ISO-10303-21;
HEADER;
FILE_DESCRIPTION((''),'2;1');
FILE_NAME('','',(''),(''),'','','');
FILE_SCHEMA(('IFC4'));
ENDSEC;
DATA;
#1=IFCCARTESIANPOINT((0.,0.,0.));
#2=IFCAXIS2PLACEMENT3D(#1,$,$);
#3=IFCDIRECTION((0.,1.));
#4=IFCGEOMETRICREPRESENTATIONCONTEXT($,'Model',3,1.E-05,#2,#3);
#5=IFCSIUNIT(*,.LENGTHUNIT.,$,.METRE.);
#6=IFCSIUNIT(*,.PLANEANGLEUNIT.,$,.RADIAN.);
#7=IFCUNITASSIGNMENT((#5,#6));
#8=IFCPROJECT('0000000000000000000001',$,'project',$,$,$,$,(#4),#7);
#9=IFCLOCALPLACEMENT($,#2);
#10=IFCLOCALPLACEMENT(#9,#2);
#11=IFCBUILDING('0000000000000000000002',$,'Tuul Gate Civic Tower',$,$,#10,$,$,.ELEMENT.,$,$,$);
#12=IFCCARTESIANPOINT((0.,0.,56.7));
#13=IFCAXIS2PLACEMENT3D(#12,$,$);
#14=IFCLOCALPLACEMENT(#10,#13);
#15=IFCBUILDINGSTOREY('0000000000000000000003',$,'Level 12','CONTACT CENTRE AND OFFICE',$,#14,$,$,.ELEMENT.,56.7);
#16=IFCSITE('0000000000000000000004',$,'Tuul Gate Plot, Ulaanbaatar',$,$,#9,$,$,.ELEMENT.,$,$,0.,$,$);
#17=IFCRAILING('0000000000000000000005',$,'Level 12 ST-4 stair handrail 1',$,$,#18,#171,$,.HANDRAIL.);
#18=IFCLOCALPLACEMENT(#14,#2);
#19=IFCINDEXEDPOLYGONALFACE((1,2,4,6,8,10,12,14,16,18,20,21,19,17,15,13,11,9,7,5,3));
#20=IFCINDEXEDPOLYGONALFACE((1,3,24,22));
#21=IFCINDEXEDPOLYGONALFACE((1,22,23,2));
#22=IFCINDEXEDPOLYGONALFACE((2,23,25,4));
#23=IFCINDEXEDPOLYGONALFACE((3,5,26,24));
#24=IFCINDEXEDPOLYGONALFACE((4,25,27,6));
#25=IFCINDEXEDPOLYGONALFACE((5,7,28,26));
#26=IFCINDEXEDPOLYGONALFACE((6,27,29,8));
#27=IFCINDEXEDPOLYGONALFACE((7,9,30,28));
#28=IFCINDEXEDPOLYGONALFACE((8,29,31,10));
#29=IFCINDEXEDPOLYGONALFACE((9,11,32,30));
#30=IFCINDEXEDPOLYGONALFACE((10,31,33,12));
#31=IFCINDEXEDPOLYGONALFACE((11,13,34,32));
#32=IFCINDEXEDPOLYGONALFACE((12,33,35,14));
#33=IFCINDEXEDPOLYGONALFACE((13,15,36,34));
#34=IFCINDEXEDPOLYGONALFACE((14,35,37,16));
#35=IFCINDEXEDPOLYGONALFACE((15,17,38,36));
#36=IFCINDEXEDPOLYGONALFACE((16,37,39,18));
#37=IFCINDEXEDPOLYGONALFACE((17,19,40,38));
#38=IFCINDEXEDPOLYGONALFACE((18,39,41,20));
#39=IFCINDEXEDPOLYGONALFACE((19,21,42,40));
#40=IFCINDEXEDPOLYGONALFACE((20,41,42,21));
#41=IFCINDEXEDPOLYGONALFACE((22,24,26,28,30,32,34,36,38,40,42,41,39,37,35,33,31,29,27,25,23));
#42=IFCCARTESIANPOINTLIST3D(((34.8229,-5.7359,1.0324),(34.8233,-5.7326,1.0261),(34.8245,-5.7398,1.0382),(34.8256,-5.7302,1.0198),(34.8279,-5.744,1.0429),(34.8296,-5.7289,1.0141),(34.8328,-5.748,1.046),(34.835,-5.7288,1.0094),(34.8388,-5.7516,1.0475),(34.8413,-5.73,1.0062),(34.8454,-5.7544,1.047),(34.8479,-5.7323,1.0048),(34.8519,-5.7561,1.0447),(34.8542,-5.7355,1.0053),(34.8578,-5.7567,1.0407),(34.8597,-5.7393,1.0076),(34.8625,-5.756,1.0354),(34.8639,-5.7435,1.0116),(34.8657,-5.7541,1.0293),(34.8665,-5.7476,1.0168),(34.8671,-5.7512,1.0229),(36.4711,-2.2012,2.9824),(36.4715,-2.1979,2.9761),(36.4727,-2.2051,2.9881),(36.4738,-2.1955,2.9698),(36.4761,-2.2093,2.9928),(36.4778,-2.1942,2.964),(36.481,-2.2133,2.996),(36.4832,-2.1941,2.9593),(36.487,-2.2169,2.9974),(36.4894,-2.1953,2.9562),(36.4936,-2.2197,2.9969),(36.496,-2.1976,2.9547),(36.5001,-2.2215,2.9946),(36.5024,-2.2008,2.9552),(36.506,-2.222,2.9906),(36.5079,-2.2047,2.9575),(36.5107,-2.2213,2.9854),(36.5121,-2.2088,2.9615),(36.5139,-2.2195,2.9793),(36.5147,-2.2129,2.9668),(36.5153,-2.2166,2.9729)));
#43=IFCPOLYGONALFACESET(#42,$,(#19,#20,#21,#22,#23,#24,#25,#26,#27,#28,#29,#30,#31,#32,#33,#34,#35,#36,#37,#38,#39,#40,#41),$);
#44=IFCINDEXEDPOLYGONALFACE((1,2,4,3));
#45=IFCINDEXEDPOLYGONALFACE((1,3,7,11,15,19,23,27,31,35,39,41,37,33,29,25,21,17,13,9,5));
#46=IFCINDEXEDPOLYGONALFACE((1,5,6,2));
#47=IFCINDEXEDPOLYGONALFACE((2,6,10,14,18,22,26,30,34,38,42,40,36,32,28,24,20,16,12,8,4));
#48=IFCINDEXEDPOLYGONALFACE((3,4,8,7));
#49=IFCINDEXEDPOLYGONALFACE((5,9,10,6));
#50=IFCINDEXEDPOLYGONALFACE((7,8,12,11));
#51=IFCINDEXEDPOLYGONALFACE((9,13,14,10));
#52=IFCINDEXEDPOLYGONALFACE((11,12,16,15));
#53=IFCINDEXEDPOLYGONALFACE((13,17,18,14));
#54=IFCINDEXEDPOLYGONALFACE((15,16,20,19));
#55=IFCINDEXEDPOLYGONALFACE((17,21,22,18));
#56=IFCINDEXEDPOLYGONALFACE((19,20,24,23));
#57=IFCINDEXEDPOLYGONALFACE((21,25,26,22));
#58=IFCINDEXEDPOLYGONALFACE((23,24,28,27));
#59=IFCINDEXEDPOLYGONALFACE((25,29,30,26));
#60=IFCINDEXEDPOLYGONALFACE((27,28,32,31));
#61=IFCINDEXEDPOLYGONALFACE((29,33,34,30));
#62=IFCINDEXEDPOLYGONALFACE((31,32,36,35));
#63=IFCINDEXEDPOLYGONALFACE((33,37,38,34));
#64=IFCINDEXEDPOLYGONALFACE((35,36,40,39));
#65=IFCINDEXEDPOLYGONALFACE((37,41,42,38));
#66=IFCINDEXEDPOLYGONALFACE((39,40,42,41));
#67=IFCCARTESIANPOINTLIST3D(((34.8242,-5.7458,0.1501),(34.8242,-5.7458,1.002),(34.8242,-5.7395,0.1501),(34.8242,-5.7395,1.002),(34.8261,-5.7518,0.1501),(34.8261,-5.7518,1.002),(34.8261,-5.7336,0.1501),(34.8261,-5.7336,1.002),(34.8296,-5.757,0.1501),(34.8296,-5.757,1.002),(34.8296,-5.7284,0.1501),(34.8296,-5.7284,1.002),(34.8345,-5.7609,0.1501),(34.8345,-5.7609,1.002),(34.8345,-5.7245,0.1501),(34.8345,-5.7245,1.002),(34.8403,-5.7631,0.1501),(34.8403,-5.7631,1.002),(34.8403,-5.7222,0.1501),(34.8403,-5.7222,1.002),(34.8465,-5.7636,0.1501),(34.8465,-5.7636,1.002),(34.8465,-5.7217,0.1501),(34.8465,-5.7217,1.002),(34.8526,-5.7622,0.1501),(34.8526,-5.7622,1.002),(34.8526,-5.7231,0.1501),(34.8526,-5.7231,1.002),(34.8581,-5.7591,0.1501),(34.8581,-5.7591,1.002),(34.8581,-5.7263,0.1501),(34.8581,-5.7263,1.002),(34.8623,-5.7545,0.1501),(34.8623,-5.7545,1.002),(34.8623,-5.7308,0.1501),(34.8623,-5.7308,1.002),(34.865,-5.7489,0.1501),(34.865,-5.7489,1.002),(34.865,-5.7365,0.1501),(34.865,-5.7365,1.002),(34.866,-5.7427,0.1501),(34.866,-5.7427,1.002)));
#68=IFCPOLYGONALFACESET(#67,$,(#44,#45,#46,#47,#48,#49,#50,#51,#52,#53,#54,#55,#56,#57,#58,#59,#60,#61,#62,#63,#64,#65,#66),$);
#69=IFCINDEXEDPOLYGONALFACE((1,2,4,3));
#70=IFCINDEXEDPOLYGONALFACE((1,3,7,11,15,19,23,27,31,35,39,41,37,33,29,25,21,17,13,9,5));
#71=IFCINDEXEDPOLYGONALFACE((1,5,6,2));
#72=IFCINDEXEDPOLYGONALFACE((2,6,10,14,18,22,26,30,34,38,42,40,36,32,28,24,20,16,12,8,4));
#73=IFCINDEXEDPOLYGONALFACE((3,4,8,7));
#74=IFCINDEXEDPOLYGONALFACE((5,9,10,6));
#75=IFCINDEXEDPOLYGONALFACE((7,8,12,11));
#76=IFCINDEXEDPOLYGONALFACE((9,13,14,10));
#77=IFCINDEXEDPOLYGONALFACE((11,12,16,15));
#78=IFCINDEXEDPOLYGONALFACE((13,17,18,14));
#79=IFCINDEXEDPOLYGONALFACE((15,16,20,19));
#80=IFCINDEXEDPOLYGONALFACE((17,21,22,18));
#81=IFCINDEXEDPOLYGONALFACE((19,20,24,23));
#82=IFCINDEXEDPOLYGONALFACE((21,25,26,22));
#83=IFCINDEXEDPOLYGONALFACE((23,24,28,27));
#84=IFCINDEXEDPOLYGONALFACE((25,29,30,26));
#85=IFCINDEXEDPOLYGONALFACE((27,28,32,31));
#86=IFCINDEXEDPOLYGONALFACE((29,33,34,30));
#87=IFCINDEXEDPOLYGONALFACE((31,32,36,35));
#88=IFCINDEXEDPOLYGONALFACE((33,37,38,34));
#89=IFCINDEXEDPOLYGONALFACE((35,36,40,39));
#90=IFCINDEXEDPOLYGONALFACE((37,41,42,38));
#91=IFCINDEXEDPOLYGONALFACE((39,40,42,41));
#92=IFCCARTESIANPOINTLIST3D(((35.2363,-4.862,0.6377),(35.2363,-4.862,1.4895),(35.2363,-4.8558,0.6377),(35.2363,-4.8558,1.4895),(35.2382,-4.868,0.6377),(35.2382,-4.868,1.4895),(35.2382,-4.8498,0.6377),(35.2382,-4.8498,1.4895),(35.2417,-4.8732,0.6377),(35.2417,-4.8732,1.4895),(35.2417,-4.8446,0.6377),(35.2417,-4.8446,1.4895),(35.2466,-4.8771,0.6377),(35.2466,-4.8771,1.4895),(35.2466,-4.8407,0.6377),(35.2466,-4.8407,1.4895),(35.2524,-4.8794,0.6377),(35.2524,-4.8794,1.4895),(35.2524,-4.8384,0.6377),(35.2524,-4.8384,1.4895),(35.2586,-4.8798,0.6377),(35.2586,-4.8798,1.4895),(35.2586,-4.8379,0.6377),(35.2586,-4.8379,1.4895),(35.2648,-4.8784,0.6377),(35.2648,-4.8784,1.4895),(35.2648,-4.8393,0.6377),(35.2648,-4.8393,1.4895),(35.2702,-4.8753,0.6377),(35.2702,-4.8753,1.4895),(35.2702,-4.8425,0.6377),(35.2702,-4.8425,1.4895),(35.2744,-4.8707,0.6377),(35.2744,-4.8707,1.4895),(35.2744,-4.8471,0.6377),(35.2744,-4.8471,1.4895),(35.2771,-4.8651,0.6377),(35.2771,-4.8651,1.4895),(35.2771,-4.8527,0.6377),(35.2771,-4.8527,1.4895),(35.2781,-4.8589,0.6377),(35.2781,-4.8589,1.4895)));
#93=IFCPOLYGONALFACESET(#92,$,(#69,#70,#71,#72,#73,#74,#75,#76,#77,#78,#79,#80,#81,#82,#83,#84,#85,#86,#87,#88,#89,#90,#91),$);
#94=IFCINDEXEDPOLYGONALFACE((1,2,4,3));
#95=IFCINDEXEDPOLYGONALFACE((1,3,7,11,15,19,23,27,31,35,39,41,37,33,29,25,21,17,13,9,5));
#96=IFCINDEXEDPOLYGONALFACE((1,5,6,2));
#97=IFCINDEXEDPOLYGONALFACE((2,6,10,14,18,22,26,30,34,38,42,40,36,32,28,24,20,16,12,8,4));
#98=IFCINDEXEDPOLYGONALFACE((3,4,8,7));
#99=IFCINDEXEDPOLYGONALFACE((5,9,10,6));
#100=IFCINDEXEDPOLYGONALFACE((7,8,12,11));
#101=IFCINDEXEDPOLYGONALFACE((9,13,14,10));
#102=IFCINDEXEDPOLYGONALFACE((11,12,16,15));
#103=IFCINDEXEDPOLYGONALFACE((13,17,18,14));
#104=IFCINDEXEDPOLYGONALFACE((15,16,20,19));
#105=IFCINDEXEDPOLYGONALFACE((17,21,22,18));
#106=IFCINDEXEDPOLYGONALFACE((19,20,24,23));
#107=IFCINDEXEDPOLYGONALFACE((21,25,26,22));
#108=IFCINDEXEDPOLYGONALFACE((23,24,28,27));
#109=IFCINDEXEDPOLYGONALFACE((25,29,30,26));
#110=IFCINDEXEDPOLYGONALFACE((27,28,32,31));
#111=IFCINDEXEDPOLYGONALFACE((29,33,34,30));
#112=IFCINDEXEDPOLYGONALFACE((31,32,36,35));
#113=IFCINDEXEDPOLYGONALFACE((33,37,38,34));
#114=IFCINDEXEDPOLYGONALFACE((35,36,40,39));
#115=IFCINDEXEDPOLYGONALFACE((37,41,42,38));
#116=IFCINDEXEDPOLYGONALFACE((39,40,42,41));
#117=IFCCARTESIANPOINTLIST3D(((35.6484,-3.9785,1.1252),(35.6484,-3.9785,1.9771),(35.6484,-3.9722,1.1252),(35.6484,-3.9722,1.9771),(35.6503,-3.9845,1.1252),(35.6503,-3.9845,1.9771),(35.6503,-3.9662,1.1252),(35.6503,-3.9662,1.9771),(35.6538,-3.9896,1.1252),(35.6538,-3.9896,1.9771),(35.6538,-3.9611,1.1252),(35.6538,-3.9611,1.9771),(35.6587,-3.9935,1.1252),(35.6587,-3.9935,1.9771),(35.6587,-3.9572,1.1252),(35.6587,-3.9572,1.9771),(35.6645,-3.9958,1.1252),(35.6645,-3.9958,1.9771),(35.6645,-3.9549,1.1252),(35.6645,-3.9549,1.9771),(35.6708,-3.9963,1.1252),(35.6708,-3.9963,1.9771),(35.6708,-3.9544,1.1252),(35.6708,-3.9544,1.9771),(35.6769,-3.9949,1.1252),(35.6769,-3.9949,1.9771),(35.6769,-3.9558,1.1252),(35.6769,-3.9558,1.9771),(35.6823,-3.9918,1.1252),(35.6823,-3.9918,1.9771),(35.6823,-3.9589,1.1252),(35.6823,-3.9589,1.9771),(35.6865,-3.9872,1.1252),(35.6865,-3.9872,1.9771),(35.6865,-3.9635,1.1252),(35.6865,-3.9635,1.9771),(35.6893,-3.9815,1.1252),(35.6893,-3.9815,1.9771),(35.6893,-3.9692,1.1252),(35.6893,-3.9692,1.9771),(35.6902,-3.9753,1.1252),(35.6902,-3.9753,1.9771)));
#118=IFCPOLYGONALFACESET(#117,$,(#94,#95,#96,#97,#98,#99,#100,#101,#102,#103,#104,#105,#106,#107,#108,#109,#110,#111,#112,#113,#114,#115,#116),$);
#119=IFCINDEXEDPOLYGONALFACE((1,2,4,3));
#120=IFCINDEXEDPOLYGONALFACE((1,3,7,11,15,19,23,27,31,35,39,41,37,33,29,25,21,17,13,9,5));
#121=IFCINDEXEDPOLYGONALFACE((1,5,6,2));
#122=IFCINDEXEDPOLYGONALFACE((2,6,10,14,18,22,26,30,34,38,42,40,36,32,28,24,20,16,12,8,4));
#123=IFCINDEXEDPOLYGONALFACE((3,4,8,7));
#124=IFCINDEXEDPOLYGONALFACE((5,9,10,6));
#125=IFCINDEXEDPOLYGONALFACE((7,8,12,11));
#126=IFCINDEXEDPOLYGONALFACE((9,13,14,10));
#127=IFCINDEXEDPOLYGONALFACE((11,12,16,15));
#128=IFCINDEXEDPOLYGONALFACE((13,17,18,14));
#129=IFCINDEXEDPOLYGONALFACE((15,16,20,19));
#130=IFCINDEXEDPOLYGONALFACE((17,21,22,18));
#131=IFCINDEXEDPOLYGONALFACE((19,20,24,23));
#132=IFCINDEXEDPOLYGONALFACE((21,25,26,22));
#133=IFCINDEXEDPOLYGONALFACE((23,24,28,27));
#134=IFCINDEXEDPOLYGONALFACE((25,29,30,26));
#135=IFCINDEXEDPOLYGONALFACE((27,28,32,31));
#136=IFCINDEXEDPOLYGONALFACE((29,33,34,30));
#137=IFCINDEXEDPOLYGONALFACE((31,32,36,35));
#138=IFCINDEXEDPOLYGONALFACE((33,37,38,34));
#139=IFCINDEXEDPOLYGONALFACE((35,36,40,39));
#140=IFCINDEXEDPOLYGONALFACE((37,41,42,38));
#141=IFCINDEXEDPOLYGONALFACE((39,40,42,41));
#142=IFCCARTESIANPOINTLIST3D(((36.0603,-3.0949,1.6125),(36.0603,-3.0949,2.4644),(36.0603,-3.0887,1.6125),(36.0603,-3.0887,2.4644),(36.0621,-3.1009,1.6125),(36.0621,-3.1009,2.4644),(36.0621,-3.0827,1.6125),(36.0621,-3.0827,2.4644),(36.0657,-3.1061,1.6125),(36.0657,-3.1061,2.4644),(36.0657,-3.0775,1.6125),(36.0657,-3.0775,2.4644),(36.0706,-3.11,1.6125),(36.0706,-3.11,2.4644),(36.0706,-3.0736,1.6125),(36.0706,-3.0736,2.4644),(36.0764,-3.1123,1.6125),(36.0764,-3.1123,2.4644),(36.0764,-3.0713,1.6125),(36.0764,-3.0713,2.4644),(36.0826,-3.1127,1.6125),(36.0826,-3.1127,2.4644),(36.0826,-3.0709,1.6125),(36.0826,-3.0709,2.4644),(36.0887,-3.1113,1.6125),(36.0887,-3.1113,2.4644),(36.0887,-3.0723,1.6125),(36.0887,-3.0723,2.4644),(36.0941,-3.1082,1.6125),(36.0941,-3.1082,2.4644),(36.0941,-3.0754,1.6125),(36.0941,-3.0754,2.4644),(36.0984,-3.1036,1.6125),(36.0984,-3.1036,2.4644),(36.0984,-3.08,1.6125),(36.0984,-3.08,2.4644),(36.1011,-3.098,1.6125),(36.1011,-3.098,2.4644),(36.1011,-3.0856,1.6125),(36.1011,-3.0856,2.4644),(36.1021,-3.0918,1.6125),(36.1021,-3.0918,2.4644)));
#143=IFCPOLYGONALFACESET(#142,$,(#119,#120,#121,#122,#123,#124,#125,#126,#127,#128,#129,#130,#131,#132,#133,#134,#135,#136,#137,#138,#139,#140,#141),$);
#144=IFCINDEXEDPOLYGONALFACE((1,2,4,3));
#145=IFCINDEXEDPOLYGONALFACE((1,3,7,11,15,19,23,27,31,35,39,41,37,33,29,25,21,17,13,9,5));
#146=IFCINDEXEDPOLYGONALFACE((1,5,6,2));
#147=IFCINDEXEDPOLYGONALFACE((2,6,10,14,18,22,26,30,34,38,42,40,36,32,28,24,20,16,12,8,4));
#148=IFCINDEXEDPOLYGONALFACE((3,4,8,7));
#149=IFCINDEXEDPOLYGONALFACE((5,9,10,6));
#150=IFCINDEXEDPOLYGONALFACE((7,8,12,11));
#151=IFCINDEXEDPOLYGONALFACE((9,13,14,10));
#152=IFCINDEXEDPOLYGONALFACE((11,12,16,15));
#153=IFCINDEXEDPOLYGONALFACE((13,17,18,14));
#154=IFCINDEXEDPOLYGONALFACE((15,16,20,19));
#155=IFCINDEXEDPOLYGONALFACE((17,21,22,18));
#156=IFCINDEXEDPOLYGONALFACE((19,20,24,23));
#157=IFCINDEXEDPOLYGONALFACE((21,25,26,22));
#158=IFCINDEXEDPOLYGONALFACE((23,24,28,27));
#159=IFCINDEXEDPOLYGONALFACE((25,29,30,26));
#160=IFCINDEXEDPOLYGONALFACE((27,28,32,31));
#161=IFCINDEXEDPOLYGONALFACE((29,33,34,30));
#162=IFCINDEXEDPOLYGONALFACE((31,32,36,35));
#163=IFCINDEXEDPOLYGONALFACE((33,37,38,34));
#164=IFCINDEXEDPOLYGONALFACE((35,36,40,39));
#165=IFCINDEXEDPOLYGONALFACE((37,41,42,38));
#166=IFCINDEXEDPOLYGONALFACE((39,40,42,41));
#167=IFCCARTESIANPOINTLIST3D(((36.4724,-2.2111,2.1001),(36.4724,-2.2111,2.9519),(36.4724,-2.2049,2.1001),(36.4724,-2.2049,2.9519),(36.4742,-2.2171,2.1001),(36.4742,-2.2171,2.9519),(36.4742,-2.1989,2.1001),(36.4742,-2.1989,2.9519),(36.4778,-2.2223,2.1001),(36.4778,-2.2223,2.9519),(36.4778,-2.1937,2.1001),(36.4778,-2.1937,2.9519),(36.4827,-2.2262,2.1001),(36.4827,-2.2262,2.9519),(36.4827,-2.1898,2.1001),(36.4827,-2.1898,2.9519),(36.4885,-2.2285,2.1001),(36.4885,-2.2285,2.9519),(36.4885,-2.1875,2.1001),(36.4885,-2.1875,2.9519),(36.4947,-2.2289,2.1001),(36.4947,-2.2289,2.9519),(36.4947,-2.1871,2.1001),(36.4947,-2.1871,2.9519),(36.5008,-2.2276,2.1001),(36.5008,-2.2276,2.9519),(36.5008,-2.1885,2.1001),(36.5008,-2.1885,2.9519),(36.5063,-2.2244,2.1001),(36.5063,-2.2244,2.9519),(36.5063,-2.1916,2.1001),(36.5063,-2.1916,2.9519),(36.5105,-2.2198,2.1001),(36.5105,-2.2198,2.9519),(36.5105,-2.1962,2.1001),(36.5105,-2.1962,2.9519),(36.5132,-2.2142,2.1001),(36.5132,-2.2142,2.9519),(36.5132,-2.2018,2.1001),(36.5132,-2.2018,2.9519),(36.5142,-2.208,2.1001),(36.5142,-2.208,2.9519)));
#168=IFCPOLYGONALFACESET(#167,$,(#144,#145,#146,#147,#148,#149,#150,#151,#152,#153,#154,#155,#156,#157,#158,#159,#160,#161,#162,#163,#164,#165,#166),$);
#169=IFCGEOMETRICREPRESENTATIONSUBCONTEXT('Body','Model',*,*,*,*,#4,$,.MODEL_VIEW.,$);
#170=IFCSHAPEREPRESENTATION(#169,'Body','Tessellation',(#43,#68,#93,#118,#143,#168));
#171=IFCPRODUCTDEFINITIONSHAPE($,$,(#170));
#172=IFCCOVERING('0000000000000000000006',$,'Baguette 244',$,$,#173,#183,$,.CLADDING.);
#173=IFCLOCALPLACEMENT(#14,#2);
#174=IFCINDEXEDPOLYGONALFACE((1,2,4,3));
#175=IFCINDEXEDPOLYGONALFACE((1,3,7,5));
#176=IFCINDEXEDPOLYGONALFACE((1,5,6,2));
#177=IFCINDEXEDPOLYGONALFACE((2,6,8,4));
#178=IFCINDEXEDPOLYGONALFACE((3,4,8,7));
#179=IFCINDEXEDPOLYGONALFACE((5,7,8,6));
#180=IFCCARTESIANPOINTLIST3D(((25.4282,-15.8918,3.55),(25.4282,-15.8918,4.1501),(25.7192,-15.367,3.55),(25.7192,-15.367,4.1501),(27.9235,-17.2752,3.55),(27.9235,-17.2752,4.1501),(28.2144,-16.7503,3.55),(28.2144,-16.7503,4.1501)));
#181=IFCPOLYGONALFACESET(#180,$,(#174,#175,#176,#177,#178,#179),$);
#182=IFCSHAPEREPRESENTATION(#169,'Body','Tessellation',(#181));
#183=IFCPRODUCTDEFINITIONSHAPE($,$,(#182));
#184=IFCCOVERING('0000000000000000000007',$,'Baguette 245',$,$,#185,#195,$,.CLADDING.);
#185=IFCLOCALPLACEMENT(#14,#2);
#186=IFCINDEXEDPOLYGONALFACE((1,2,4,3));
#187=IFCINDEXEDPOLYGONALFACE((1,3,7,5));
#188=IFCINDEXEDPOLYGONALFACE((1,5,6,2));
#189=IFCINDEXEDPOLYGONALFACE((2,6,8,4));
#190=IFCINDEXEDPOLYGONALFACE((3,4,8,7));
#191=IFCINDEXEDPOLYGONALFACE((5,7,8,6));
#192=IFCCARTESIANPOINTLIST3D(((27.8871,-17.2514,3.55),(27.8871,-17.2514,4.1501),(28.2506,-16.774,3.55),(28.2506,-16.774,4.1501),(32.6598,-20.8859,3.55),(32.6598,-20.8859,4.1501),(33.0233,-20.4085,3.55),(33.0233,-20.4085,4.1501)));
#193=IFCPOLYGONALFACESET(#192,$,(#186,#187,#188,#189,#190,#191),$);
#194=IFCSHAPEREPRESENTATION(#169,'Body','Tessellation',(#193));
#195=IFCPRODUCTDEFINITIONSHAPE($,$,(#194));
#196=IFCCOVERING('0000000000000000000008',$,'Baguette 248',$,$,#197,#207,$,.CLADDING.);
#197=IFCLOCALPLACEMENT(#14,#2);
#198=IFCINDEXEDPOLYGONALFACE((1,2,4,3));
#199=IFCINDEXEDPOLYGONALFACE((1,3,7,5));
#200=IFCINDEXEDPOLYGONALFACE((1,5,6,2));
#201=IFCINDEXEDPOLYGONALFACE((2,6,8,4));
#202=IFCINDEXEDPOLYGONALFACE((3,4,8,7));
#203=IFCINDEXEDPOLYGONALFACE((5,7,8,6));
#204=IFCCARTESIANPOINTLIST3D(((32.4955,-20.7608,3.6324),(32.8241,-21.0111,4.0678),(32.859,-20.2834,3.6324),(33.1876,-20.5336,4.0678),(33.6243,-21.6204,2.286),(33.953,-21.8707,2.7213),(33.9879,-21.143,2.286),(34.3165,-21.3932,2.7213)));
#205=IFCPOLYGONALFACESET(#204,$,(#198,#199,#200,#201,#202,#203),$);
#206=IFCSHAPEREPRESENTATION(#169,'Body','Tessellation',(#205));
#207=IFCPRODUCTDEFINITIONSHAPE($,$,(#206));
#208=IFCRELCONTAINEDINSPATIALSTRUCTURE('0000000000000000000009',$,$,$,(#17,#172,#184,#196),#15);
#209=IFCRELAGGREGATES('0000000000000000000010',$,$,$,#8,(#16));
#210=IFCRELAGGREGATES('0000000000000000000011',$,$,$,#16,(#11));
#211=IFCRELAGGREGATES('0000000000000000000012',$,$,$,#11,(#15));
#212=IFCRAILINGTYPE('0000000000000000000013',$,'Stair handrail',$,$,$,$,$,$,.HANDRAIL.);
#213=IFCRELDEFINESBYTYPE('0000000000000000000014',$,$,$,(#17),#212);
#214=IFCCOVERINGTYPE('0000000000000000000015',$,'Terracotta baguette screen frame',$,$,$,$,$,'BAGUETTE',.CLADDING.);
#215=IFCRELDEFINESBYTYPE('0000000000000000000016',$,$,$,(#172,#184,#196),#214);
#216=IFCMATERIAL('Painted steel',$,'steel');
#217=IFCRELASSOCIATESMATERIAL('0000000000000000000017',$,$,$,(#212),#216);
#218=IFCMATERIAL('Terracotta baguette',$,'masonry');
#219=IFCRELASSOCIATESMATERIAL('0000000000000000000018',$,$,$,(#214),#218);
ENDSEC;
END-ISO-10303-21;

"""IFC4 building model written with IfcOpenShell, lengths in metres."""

from ifc_helpers import new_model, si_unit, direction, frame, origin, origin_2d, place, context, subcontext, project, spatial, rectangle, circle, extrude, material, material_profile, profile_set, type_object, element, save


model = new_model("IFC4")

# Units and contexts
model_context = context("Model", 3, precision=1e-05, world=origin(), true_north=direction((0.0, 1.0)))
body_context = subcontext(model_context, "Body", "Model", "MODEL_VIEW")
ifc_project = project(units=[si_unit("LENGTHUNIT", "METRE"), si_unit("PLANEANGLEUNIT", "RADIAN")], contexts=[model_context])

# Site, building, storey
site_placement = place(None, origin())
site = spatial("IfcSite", under=ifc_project, at=site_placement, Name="Tuul Gate Plot, Ulaanbaatar", CompositionType="ELEMENT", RefElevation=0.0)
building_placement = place(site_placement, origin())
building = spatial("IfcBuilding", under=site, at=building_placement, Name="Tuul Gate Civic Tower", CompositionType="ELEMENT")
storey_placement = place(building_placement, frame((0.0, 0.0, 56.7)))
storey = spatial("IfcBuildingStorey", under=building, at=storey_placement, Name="Level 12", Description="CONTACT CENTRE AND OFFICE", CompositionType="ELEMENT", Elevation=56.7)

# Railing
ifc_material_1 = material(Name="Painted steel", Category="steel")
railing_type_1 = type_object("IfcRailingType", Name="Stair handrail", PredefinedType="HANDRAIL", material=ifc_material_1)
railing_1_placement = place(storey_placement, frame((34.845, -5.7427, 0.1501)))
element("IfcRailing", 1, at=railing_1_placement, inside=storey, type_object=railing_type_1, Name="Level 12 ST-4 stair handrail 1", PredefinedType="HANDRAIL", context=body_context, shape_type="SweptSolid", body=[
    extrude(circle(Radius=0.0239, at=origin_2d()), frame((0.0, 0.0, 0.876), z_axis=(0.377995, 0.810637, 0.4472), x_axis=(-0.906313, 0.422608, 0.0)), (0.0, 0.0, 1.0), 4.3604),
    extrude(circle(Radius=0.021, at=origin_2d()), origin(), (0.0, 0.0, 1.0), 0.8518),
    extrude(circle(Radius=0.021, at=origin_2d()), frame((0.4121, 0.8838, 0.4875)), (0.0, 0.0, 1.0), 0.8518),
    extrude(circle(Radius=0.021, at=origin_2d()), frame((0.8242, 1.7673, 0.9751)), (0.0, 0.0, 1.0), 0.8518),
    extrude(circle(Radius=0.021, at=origin_2d()), frame((1.2361, 2.6509, 1.4624)), (0.0, 0.0, 1.0), 0.8518),
    extrude(circle(Radius=0.021, at=origin_2d()), frame((1.6482, 3.5347, 1.95)), (0.0, 0.0, 1.0), 0.8518),
])

# Coverings
ifc_material_2 = material(Name="Terracotta baguette", Category="masonry")
ifc_material_profile_1 = material_profile(ifc_material_2, rectangle(XDim=0.6001, YDim=0.6001, at=origin_2d()), Name="Terracotta baguette screen frame")
ifc_profile_set_1 = profile_set([ifc_material_profile_1], Name="Terracotta baguette")
covering_type = type_object("IfcCoveringType", Name="Terracotta baguette screen frame", ElementType="BAGUETTE", PredefinedType="CLADDING", material=ifc_profile_set_1)
covering_1_placement = place(storey_placement, frame((25.5737, -15.6294, 3.8501), z_axis=(0.874585, -0.484873, 0.0), x_axis=(0.484873, 0.874585, 0.0)))
element("IfcCovering", 2, at=covering_1_placement, inside=storey, type_object=covering_type, Name="Baguette 244", PredefinedType="CLADDING", context=body_context, shape_type="SweptSolid", body=[
    extrude(rectangle(XDim=0.6001, YDim=0.6001, at=origin_2d()), origin(), (0.0, 0.0, 1.0), 2.853),
])
covering_2_placement = place(storey_placement, frame((28.0688, -17.0127, 3.8501), z_axis=(0.795578, -0.605851, 0.0), x_axis=(0.605851, 0.795578, 0.0)))
element("IfcCovering", 3, at=covering_2_placement, inside=storey, type_object=covering_type, Name="Baguette 245", PredefinedType="CLADDING", context=body_context, shape_type="SweptSolid", body=[
    extrude(rectangle(XDim=0.6001, YDim=0.6001, at=origin_2d()), origin(), (0.0, 0.0, 1.0), 5.999),
])
covering_3_placement = place(storey_placement, frame((32.8416, -20.6472, 3.8501), z_axis=(0.577126, -0.439459, -0.688332), x_axis=(0.60582, 0.795602, 0.0)))
element("IfcCovering", 4, at=covering_3_placement, inside=storey, type_object=covering_type, Name="Baguette 248", PredefinedType="CLADDING", context=body_context, shape_type="SweptSolid", body=[
    extrude(rectangle(XDim=0.6001, YDim=0.6001, at=origin_2d()), origin(), (0.0, 0.0, 1.0), 1.9561),
])

save(model, "model.ifc")
